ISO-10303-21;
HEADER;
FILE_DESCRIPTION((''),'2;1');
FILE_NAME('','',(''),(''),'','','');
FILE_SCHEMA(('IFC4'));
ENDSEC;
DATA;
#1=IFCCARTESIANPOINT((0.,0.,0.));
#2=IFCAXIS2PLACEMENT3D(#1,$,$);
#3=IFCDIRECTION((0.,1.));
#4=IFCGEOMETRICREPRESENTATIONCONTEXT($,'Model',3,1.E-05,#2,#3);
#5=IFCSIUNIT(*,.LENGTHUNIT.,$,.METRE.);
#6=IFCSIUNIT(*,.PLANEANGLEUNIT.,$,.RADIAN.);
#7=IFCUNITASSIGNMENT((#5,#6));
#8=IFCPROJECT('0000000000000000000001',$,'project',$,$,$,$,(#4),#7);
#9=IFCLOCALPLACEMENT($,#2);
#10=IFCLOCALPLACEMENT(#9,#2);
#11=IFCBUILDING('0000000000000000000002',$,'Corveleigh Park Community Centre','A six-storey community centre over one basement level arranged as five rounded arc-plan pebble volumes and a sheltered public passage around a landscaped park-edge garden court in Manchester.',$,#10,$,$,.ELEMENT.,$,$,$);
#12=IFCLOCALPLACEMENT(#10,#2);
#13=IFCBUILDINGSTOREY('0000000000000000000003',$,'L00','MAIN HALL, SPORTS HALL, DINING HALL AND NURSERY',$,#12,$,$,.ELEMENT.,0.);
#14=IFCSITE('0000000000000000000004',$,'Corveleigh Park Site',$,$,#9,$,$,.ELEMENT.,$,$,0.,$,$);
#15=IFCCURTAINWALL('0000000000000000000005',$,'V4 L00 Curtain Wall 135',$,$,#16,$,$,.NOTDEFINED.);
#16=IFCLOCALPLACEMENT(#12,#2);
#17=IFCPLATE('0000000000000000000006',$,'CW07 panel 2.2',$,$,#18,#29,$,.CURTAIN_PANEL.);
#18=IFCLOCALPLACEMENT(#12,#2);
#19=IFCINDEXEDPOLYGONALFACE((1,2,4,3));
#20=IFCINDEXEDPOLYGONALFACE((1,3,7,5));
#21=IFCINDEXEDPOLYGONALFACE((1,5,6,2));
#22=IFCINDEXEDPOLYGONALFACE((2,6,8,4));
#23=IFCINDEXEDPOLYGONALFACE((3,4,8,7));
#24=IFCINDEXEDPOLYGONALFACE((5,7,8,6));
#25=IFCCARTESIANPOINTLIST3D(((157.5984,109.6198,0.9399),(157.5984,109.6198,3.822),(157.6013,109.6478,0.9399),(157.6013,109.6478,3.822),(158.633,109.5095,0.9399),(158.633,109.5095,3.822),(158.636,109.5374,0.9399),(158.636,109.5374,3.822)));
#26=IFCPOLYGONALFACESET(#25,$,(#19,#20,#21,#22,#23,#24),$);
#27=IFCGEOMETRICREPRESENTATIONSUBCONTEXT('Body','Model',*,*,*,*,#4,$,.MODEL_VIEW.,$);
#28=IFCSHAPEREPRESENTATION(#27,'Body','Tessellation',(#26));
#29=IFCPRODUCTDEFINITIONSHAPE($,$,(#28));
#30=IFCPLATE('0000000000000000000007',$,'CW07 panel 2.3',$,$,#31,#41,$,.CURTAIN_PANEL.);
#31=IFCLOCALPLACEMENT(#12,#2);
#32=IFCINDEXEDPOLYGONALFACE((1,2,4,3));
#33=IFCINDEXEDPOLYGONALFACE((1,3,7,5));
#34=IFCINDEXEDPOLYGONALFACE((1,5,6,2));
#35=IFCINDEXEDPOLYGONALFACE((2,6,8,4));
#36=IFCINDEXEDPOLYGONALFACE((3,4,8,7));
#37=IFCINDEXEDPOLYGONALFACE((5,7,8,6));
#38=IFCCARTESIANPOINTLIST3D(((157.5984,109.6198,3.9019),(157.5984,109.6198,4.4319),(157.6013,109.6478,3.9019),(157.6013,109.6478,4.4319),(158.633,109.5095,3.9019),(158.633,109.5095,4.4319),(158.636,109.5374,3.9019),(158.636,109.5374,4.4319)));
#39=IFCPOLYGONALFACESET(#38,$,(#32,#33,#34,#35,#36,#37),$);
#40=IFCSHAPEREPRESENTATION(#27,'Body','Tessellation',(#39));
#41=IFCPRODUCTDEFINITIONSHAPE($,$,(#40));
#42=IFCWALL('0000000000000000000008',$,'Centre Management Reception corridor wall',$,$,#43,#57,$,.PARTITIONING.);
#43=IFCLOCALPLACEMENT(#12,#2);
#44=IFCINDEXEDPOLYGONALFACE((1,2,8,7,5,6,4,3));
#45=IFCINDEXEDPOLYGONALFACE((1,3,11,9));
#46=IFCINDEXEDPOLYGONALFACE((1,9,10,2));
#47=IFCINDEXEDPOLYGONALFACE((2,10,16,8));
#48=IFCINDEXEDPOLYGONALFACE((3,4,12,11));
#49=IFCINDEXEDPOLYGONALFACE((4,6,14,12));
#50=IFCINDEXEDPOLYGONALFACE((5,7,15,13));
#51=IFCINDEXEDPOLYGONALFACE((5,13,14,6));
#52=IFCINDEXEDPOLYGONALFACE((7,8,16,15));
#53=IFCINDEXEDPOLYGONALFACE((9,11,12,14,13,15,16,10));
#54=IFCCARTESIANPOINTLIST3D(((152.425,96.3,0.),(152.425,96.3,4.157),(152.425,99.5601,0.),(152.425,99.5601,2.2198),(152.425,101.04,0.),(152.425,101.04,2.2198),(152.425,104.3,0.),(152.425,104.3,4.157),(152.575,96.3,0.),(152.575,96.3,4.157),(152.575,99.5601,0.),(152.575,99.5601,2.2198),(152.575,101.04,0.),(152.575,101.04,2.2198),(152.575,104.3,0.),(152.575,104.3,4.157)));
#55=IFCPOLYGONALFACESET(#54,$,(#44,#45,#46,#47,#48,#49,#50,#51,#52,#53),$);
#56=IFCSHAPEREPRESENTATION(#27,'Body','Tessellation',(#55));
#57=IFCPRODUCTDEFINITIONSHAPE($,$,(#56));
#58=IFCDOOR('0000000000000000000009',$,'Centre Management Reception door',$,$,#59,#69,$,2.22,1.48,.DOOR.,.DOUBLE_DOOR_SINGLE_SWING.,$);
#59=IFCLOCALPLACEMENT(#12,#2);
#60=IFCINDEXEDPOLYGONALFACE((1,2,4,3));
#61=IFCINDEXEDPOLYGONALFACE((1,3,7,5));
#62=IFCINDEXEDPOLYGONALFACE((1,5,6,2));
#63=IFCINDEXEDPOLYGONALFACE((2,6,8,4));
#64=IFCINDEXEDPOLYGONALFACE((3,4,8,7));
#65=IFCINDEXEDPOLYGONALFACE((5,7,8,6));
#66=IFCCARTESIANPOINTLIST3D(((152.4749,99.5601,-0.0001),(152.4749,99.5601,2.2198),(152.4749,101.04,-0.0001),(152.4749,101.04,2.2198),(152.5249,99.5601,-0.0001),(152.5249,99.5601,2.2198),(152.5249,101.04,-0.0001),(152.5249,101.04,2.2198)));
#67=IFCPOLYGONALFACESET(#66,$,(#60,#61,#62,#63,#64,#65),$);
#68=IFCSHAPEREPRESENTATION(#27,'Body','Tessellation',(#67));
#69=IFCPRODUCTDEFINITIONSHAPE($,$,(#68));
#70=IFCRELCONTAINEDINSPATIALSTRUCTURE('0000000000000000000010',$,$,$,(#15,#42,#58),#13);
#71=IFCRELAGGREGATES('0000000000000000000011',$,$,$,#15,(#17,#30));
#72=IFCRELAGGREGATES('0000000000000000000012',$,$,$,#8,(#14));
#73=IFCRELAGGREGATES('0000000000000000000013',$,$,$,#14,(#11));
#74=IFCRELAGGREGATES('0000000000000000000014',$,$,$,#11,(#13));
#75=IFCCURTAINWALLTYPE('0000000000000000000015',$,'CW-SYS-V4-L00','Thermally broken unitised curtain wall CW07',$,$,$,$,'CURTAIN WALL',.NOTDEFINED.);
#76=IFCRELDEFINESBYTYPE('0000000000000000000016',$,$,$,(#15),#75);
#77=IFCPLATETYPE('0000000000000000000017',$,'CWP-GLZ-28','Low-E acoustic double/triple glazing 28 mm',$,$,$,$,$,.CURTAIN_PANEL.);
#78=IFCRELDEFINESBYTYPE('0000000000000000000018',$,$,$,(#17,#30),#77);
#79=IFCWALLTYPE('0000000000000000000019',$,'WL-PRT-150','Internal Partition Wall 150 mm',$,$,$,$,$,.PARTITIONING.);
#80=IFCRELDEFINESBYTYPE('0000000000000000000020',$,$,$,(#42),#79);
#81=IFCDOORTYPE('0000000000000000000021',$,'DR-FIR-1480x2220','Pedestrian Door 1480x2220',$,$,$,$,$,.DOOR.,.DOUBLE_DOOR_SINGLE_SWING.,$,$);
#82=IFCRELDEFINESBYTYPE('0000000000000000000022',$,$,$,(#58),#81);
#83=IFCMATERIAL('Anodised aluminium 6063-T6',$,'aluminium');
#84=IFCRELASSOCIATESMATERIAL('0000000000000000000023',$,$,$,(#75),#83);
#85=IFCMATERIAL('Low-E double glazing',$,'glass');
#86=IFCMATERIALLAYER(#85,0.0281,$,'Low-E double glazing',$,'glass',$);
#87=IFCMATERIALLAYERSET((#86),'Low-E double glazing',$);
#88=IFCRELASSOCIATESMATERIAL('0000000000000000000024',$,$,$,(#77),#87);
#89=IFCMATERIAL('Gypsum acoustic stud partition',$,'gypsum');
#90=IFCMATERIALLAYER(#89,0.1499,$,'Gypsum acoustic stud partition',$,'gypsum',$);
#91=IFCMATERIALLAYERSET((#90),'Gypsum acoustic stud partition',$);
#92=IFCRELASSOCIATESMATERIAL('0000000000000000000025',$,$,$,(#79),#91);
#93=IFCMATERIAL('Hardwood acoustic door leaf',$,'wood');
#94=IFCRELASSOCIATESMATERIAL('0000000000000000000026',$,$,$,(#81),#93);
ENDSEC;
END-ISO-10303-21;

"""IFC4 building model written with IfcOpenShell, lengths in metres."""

from ifc_helpers import new_model, si_unit, direction, frame, frame_2d, origin, origin_2d, place, context, subcontext, project, spatial, rectangle, extrude, material, layer, layer_set, type_object, element, fill, aggregate, save


model = new_model("IFC4")

# Units and contexts
model_context = context("Model", 3, precision=1e-05, world=origin(), true_north=direction((0.0, 1.0)))
body_context = subcontext(model_context, "Body", "Model", "MODEL_VIEW")
ifc_project = project(units=[si_unit("LENGTHUNIT", "METRE"), si_unit("PLANEANGLEUNIT", "RADIAN")], contexts=[model_context])

# Site, building, storey
site_placement = place(None, origin())
site = spatial("IfcSite", under=ifc_project, at=site_placement, Name="Corveleigh Park Site", CompositionType="ELEMENT", RefElevation=0.0)
building_placement = place(site_placement, origin())
building = spatial("IfcBuilding", under=site, at=building_placement, Name="Corveleigh Park Community Centre", Description="A six-storey community centre over one basement level arranged as five rounded arc-plan pebble volumes and a sheltered public passage around a landscaped park-edge garden court in Manchester.", CompositionType="ELEMENT")
storey_placement = place(building_placement, origin())
storey = spatial("IfcBuildingStorey", under=building, at=storey_placement, Name="L00", Description="MAIN HALL, SPORTS HALL, DINING HALL AND NURSERY", CompositionType="ELEMENT", Elevation=0.0)

# Curtain wall
ifc_material_1 = material(Name="Anodised aluminium 6063-T6", Category="aluminium")
curtain_wall_type = type_object("IfcCurtainWallType", Name="CW-SYS-V4-L00", Description="Thermally broken unitised curtain wall CW07", ElementType="CURTAIN WALL", PredefinedType="NOTDEFINED", material=ifc_material_1)
curtain_wall_1_placement = place(storey_placement, origin())
curtain_wall_1 = element("IfcCurtainWall", 1, at=curtain_wall_1_placement, inside=storey, type_object=curtain_wall_type, Name="V4 L00 Curtain Wall 135", PredefinedType="NOTDEFINED")

# Plates
ifc_material_2 = material(Name="Low-E double glazing", Category="glass")
ifc_layer_1 = layer(ifc_material_2, 0.0281, Name="Low-E double glazing", Category="glass")
ifc_layer_set_1 = layer_set([ifc_layer_1], Name="Low-E double glazing")
plate_type_1 = type_object("IfcPlateType", Name="CWP-GLZ-28", Description="Low-E acoustic double/triple glazing 28 mm", PredefinedType="CURTAIN_PANEL", material=ifc_layer_set_1)
plate_1_placement = place(storey_placement, frame((158.1172, 109.5786, 0.9399), z_axis=(0.0, 0.0, 1.0), x_axis=(0.994359, -0.106071, 0.0)))
plate_1 = element("IfcPlate", 2, at=plate_1_placement, type_object=plate_type_1, Name="CW07 panel 2.2", PredefinedType="CURTAIN_PANEL", context=body_context, shape_type="SweptSolid", body=[
    extrude(rectangle(XDim=1.0405, YDim=0.0281, at=origin_2d()), origin(), (0.0, 0.0, 1.0), 2.8821),
])
plate_2_placement = place(storey_placement, frame((158.1172, 109.5786, 3.9019), z_axis=(0.0, 0.0, 1.0), x_axis=(0.994359, -0.106071, 0.0)))
plate_2 = element("IfcPlate", 3, at=plate_2_placement, type_object=plate_type_1, Name="CW07 panel 2.3", PredefinedType="CURTAIN_PANEL", context=body_context, shape_type="SweptSolid", body=[
    extrude(rectangle(XDim=1.0405, YDim=0.0281, at=origin_2d()), origin(), (0.0, 0.0, 1.0), 0.53),
])
aggregate(curtain_wall_1, [plate_1, plate_2])

# Wall, opening, door
ifc_material_3 = material(Name="Gypsum acoustic stud partition", Category="gypsum")
ifc_layer_2 = layer(ifc_material_3, 0.1499, Name="Gypsum acoustic stud partition", Category="gypsum")
ifc_layer_set_2 = layer_set([ifc_layer_2], Name="Gypsum acoustic stud partition")
wall_type = type_object("IfcWallType", Name="WL-PRT-150", Description="Internal Partition Wall 150 mm", PredefinedType="PARTITIONING", material=ifc_layer_set_2)
wall_placement = place(storey_placement, frame((152.5, 104.3, 0.0), z_axis=(0.0, 0.0, 1.0), x_axis=(0.0, -1.0, 0.0)))
wall = element("IfcWall", 4, at=wall_placement, inside=storey, type_object=wall_type, Name="Centre Management Reception corridor wall", PredefinedType="PARTITIONING", context=body_context, shape_type="SweptSolid", body=[
    extrude(rectangle(XDim=8.0, YDim=0.1499, at=frame_2d((4.0, 0.0))), origin(), (0.0, 0.0, 1.0), 4.157),
])
opening_placement = place(wall_placement, frame((3.26, 0.0, 0.0)))
opening = element("IfcOpeningElement", 5, at=opening_placement, cuts=wall, PredefinedType="OPENING", context=body_context, shape_type="SweptSolid", body=[
    extrude(rectangle(XDim=1.48, YDim=2.22, at=frame_2d((0.74, 1.1099))), frame((0.0, 0.085, 0.0), z_axis=(0.0, -1.0, 0.0), x_axis=(1.0, 0.0, 0.0)), (0.0, 0.0, 1.0), 0.1699),
])
ifc_material_4 = material(Name="Hardwood acoustic door leaf", Category="wood")
door_type = type_object("IfcDoorType", Name="DR-FIR-1480x2220", Description="Pedestrian Door 1480x2220", OperationType="DOUBLE_DOOR_SINGLE_SWING", PredefinedType="DOOR", material=ifc_material_4)
door_placement = place(opening_placement, origin())
door = element("IfcDoor", 6, at=door_placement, inside=storey, type_object=door_type, Name="Centre Management Reception door", OperationType="DOUBLE_DOOR_SINGLE_SWING", OverallHeight=2.22, OverallWidth=1.48, PredefinedType="DOOR", context=body_context, shape_type="SweptSolid", body=[
    extrude(rectangle(XDim=1.48, YDim=2.22, at=frame_2d((0.74, 1.1099))), frame((0.0, 0.0249, 0.0), z_axis=(0.0, -1.0, 0.0), x_axis=(1.0, 0.0, 0.0)), (0.0, 0.0, 1.0), 0.05),
])
fill(opening, door)

save(model, "model.ifc")
